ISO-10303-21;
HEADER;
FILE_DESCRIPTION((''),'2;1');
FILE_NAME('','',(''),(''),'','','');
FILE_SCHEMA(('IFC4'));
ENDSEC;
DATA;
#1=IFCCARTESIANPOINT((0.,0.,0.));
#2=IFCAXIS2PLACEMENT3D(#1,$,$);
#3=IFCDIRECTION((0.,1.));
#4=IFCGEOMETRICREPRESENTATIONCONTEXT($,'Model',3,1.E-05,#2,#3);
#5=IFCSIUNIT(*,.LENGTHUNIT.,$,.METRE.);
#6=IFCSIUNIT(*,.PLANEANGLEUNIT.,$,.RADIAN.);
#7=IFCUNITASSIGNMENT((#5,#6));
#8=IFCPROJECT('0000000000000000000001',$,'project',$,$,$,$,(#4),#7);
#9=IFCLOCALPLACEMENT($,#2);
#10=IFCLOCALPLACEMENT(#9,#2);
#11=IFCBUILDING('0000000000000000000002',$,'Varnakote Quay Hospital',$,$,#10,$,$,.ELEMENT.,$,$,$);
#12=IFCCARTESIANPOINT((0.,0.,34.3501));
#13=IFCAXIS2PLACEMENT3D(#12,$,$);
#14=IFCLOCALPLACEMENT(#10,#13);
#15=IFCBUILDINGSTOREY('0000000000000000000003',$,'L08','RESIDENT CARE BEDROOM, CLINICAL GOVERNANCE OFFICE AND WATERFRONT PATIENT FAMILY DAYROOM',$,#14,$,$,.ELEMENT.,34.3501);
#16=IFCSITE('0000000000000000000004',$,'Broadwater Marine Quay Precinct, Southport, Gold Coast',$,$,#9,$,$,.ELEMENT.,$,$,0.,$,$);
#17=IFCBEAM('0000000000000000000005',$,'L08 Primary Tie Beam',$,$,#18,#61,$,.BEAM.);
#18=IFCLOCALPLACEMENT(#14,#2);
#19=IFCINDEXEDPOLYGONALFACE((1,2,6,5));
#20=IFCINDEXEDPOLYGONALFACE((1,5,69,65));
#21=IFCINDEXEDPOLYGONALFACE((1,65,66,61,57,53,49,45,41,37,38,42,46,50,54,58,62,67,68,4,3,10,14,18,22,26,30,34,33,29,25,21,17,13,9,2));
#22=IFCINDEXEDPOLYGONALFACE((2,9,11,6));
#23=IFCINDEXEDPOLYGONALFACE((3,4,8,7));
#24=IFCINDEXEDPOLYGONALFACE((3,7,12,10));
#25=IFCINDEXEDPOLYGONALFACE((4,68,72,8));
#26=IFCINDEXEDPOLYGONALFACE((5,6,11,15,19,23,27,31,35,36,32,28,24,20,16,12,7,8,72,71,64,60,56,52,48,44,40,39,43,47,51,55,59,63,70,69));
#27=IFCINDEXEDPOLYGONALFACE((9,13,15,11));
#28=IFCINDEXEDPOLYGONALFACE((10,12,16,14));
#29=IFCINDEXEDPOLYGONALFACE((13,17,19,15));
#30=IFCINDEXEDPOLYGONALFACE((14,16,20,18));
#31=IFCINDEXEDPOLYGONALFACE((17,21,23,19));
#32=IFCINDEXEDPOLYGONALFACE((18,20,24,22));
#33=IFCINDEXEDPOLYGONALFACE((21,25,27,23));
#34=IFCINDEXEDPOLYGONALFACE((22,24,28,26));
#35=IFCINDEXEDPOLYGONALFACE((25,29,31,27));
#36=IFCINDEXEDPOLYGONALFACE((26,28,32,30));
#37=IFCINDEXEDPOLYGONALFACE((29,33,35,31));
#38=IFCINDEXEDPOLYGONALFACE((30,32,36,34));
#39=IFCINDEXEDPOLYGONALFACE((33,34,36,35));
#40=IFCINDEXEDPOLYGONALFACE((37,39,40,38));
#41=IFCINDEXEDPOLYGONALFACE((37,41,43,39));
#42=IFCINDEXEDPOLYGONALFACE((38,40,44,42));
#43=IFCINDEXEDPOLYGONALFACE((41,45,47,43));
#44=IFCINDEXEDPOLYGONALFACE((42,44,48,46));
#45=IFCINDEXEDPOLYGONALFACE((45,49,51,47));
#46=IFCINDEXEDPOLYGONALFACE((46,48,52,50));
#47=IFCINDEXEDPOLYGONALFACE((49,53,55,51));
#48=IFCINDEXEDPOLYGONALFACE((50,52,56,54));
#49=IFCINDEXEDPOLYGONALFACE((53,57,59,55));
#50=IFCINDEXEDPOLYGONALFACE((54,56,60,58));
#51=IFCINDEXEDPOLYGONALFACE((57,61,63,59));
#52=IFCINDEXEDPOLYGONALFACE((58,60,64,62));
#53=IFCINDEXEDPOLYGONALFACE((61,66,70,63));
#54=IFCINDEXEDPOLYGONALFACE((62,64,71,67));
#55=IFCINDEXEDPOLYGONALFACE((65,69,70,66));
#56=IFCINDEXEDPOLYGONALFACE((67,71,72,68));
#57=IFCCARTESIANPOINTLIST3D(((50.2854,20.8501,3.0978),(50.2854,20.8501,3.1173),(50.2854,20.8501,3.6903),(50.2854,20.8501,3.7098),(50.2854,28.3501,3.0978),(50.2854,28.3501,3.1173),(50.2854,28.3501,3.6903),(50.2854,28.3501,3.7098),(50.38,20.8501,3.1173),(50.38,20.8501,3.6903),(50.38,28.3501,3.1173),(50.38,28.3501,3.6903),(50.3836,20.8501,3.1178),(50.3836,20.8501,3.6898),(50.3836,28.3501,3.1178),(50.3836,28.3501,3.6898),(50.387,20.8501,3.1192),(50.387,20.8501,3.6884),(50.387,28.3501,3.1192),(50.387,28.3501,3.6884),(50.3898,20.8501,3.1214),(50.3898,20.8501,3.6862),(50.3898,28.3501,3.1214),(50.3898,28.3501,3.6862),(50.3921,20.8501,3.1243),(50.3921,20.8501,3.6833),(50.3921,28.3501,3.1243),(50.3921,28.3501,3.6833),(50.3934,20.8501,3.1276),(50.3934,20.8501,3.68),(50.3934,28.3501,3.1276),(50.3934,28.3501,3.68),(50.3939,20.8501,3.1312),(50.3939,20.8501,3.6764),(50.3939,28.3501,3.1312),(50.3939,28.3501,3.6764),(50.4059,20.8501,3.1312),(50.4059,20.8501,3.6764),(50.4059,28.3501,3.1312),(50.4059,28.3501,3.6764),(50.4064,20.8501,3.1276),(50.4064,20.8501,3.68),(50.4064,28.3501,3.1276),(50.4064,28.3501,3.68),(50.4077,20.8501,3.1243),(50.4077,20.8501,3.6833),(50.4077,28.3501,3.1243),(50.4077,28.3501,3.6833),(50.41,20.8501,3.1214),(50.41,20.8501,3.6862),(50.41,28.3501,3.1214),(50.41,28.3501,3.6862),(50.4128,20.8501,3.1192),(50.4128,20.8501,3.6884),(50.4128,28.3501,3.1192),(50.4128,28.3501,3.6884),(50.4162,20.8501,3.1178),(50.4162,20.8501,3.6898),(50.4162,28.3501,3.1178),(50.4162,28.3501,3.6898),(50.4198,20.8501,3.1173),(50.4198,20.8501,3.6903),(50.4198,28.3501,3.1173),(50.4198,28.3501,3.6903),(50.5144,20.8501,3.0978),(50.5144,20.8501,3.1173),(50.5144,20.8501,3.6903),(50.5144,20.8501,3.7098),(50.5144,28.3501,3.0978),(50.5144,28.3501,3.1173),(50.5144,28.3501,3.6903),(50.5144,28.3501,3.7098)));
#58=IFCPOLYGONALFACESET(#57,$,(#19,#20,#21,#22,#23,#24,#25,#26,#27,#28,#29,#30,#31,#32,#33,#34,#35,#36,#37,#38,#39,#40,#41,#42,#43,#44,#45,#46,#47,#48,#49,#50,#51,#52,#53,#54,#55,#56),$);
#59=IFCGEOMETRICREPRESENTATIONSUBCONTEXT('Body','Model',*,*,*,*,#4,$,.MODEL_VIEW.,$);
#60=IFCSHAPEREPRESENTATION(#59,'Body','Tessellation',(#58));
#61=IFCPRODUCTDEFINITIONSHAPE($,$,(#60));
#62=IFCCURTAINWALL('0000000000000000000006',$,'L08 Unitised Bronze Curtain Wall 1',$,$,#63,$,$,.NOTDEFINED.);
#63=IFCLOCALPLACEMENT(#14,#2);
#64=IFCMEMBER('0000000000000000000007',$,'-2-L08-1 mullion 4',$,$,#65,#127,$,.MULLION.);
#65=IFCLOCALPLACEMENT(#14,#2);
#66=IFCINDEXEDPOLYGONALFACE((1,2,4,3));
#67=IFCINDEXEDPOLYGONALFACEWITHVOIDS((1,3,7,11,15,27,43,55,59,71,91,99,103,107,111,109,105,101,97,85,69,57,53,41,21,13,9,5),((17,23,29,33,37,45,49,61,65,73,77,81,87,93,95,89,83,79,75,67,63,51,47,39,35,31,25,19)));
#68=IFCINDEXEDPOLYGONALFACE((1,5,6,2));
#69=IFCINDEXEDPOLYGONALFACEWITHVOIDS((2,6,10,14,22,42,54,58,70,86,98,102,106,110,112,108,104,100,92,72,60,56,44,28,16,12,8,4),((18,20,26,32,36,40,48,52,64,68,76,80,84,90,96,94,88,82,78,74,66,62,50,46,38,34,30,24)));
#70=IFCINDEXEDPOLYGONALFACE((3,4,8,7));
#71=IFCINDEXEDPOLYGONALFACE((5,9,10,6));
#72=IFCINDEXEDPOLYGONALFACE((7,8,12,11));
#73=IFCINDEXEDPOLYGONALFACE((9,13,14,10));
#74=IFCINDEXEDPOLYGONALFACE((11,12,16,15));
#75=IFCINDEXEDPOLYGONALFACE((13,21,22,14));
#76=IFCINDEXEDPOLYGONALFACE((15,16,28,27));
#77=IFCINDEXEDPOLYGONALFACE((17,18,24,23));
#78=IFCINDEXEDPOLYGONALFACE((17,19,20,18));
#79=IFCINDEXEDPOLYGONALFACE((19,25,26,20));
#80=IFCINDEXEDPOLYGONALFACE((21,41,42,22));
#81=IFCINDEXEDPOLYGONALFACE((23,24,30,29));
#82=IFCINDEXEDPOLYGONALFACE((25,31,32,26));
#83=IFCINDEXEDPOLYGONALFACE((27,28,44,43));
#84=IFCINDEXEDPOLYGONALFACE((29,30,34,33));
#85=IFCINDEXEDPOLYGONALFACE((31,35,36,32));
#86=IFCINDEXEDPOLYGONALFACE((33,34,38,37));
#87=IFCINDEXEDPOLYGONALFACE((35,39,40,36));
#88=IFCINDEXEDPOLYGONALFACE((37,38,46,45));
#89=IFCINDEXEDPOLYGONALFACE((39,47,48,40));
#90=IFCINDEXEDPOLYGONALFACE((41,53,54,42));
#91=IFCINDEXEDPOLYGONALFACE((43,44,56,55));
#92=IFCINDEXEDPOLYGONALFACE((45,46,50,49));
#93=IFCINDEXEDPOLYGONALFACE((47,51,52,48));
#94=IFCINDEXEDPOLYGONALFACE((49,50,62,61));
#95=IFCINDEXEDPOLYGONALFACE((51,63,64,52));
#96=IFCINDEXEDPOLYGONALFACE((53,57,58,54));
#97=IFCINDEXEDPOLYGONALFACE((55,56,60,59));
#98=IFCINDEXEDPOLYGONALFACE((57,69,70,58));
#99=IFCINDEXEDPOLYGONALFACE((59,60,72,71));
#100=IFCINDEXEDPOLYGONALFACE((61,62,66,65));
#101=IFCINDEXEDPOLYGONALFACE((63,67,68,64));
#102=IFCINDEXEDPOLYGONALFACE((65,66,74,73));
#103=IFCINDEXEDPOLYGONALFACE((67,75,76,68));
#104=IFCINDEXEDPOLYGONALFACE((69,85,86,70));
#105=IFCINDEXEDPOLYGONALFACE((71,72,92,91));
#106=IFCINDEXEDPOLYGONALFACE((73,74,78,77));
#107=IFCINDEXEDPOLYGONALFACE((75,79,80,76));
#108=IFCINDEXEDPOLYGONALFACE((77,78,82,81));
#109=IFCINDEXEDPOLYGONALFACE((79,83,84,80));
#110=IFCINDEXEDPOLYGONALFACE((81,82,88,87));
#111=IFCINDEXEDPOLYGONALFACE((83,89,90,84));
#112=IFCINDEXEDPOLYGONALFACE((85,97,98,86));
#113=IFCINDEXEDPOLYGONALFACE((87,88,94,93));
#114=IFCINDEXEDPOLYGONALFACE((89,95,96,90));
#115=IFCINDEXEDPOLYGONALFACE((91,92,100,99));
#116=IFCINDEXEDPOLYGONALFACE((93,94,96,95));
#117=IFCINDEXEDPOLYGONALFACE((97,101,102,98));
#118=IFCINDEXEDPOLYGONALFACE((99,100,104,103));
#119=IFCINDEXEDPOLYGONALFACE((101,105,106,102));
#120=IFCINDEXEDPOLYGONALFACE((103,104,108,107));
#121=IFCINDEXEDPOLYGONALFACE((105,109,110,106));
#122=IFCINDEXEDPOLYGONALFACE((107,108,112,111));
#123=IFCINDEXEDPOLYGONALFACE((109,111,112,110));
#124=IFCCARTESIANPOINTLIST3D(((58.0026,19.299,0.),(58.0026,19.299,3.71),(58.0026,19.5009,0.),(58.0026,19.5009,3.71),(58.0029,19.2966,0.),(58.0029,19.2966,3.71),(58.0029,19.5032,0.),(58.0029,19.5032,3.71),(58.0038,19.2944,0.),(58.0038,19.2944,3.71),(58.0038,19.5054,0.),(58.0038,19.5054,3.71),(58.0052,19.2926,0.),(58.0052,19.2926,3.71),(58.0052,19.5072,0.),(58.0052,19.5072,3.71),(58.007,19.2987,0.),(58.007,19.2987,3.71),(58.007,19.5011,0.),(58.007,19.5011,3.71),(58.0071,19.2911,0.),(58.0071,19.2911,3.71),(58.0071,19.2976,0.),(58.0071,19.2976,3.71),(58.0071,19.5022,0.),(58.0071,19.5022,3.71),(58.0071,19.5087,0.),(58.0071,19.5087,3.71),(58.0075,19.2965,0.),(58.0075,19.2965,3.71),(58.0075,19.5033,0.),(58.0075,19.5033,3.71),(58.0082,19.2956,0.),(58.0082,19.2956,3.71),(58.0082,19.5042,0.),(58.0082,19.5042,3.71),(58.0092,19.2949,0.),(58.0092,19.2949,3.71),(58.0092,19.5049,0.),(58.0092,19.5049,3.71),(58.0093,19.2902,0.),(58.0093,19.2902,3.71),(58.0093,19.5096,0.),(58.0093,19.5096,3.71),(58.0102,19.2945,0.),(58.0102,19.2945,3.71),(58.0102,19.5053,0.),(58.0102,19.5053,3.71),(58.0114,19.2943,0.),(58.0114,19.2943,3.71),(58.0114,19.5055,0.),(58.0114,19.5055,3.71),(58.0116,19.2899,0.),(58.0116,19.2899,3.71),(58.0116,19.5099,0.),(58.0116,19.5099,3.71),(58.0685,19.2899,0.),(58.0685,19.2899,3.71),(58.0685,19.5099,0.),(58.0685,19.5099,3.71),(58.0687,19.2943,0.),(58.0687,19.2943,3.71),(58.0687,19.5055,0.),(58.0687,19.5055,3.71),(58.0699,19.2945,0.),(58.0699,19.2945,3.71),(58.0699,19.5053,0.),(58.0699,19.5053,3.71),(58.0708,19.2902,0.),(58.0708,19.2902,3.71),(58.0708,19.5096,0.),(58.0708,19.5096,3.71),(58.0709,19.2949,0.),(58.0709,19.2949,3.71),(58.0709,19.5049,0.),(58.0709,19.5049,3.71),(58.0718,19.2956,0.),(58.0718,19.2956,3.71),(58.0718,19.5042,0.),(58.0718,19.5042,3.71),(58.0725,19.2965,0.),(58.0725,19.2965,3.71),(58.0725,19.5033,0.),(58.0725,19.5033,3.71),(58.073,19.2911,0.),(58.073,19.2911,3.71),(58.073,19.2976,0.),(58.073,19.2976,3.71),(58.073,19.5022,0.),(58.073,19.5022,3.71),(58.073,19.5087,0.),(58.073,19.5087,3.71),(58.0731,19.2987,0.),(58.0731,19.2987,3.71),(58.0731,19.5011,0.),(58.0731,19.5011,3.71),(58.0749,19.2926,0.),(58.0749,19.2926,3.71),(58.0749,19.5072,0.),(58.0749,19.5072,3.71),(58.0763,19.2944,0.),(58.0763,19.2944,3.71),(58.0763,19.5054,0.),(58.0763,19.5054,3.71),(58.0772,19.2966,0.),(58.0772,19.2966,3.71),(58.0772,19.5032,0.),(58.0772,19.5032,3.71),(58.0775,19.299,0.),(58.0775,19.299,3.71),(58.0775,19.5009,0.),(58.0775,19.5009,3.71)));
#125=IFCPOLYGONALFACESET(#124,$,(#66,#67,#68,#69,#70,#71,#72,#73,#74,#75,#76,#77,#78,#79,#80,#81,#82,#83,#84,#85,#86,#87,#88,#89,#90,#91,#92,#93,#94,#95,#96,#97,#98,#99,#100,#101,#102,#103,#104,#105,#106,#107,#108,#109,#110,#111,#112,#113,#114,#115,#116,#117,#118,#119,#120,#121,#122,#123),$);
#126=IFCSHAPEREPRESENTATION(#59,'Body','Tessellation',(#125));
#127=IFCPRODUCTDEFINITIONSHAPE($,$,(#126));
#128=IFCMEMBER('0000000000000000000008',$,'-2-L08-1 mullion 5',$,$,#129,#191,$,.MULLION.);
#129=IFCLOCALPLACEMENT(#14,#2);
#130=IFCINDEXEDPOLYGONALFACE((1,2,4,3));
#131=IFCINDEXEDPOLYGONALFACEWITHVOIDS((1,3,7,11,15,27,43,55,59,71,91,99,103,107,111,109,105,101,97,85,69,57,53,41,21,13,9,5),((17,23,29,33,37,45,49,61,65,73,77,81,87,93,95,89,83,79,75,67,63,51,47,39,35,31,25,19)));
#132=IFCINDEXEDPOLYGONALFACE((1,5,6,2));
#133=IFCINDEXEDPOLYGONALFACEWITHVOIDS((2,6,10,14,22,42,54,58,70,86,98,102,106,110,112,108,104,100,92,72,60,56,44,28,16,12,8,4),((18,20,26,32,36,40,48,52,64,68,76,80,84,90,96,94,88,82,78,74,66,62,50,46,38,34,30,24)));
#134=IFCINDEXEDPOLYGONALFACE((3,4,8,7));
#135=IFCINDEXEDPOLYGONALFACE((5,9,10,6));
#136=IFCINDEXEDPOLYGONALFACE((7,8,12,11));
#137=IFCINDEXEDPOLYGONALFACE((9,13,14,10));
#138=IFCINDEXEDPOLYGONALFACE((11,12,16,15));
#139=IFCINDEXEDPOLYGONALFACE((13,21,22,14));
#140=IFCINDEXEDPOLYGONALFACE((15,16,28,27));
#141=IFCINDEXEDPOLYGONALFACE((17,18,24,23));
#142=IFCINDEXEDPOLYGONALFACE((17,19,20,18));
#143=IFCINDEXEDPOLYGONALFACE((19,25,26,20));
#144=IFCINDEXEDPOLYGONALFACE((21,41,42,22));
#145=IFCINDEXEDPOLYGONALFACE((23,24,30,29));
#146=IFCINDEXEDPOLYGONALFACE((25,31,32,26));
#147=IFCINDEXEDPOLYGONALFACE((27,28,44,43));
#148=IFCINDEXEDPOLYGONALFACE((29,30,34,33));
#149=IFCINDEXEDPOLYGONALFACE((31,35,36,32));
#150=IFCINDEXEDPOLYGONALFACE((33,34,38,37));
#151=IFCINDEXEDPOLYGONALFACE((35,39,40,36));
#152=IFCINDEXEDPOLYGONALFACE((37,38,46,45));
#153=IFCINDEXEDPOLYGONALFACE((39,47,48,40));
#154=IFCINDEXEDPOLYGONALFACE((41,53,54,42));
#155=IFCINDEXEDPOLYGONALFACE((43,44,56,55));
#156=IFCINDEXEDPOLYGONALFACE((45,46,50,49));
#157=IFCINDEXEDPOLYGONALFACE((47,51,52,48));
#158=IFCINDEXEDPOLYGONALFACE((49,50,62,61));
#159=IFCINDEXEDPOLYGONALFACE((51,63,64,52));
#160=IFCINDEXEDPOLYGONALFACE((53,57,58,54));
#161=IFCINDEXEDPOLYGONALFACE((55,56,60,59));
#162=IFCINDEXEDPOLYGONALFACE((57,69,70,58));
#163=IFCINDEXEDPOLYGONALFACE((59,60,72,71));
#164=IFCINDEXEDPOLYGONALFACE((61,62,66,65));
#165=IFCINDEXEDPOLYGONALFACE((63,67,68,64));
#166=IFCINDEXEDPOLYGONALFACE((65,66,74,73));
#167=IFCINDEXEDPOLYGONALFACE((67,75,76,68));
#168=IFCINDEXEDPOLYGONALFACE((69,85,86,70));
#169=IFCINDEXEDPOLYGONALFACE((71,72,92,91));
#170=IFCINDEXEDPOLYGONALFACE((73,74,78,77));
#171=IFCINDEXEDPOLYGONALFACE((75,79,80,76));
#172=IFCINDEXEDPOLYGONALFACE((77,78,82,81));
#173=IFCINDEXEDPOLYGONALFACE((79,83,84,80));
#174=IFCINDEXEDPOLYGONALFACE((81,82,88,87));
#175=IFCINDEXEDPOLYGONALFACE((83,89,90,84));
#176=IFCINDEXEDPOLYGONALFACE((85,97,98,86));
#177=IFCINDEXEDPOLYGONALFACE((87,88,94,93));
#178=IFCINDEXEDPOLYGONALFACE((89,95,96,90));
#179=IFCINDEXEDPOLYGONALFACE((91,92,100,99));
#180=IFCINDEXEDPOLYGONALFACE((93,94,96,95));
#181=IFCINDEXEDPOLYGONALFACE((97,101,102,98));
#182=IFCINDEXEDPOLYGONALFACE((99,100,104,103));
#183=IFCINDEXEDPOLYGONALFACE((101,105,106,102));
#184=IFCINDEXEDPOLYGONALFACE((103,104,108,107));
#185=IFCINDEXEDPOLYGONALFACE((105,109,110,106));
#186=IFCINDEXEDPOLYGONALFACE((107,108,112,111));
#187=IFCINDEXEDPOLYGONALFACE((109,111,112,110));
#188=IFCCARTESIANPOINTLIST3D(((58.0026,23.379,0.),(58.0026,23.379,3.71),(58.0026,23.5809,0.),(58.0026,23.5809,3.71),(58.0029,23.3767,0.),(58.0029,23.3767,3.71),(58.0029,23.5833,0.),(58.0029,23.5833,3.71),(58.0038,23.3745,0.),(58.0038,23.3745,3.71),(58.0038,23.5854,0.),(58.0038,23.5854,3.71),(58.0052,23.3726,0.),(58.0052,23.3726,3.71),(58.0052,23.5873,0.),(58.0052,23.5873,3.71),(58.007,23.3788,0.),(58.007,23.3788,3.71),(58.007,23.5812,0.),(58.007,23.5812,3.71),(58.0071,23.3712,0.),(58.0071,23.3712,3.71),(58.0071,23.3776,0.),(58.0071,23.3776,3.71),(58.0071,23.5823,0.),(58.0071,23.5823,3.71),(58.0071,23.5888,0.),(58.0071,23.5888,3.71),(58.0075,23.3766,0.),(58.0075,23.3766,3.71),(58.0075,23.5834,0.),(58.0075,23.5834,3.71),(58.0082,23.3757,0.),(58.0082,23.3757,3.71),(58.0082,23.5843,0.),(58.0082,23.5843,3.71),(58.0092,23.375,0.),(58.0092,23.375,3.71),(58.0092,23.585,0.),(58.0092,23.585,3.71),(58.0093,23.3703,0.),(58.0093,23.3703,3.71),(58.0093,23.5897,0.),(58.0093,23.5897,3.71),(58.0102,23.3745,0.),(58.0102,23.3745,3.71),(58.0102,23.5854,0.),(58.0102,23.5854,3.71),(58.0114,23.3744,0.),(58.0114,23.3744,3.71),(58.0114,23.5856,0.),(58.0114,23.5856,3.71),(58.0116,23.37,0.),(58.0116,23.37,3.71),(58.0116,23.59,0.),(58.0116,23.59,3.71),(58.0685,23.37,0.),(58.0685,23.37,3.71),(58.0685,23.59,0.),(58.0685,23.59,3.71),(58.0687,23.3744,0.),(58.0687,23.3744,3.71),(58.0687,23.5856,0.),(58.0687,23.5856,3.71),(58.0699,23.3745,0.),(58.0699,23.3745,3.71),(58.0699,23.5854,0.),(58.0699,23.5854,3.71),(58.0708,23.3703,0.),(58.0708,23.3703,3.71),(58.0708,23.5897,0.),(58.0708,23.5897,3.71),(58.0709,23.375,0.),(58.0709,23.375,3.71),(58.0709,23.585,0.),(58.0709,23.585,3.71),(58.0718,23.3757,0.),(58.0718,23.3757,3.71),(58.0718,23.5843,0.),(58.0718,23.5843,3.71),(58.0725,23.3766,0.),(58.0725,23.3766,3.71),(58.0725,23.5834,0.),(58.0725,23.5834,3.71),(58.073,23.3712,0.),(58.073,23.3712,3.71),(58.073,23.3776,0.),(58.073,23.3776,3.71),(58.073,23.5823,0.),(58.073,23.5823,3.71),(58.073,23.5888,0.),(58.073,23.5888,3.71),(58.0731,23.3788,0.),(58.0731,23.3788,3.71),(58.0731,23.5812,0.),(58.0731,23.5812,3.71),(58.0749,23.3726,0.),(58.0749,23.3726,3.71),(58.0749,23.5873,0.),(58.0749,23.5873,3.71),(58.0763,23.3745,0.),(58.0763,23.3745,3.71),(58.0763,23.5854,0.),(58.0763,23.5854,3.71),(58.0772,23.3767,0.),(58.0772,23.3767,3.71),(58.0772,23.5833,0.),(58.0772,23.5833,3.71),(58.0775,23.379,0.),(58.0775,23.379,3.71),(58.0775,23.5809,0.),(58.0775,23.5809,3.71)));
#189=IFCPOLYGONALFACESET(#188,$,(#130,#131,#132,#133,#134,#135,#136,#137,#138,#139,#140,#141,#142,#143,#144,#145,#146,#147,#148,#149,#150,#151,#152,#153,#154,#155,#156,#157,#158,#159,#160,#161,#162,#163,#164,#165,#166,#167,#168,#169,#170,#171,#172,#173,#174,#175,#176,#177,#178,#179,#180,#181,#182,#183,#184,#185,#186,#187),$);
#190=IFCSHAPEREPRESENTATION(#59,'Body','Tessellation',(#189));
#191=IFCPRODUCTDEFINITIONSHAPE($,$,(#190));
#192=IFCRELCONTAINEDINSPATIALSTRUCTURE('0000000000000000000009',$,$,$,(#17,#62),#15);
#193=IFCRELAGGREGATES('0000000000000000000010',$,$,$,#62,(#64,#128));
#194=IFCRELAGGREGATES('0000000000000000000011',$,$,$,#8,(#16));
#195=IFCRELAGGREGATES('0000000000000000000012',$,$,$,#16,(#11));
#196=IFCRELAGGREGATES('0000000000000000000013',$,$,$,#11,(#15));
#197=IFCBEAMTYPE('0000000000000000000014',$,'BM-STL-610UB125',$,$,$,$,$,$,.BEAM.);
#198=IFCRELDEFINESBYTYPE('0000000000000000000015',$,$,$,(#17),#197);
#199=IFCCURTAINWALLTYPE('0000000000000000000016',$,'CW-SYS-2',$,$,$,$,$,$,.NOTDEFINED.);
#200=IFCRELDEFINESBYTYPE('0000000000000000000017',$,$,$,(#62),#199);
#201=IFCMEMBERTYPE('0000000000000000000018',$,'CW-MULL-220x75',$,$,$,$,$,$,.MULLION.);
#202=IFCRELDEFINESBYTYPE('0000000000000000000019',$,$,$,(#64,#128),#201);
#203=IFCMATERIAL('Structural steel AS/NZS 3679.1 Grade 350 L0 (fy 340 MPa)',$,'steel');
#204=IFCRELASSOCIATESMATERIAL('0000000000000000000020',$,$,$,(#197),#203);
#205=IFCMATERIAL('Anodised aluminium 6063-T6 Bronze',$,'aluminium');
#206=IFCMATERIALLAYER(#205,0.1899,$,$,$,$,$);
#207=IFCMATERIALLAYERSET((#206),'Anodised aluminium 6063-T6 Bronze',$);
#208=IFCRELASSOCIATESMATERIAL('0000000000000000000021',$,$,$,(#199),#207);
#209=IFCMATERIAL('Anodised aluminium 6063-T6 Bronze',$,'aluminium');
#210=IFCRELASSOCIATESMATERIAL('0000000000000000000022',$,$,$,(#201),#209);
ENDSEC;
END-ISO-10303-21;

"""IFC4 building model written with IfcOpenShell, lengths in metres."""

from ifc_helpers import new_model, si_unit, direction, frame, origin, origin_2d, place, context, subcontext, project, spatial, hollow_rectangle, i_section, extrude, material, layer, layer_set, material_profile, profile_set, type_object, element, aggregate, save


model = new_model("IFC4")

# Units and contexts
model_context = context("Model", 3, precision=1e-05, world=origin(), true_north=direction((0.0, 1.0)))
body_context = subcontext(model_context, "Body", "Model", "MODEL_VIEW")
ifc_project = project(units=[si_unit("LENGTHUNIT", "METRE"), si_unit("PLANEANGLEUNIT", "RADIAN")], contexts=[model_context])

# Site, building, storey
site_placement = place(None, origin())
site = spatial("IfcSite", under=ifc_project, at=site_placement, Name="Broadwater Marine Quay Precinct, Southport, Gold Coast", CompositionType="ELEMENT", RefElevation=0.0)
building_placement = place(site_placement, origin())
building = spatial("IfcBuilding", under=site, at=building_placement, Name="Varnakote Quay Hospital", CompositionType="ELEMENT")
storey_placement = place(building_placement, frame((0.0, 0.0, 34.3501)))
storey = spatial("IfcBuildingStorey", under=building, at=storey_placement, Name="L08", Description="RESIDENT CARE BEDROOM, CLINICAL GOVERNANCE OFFICE AND WATERFRONT PATIENT FAMILY DAYROOM", CompositionType="ELEMENT", Elevation=34.3501)

# Beam
ifc_material_1 = material(Name="Structural steel AS/NZS 3679.1 Grade 350 L0 (fy 340 MPa)", Category="steel")
ifc_material_profile_1 = material_profile(ifc_material_1, i_section(OverallWidth=0.229, OverallDepth=0.6121, WebThickness=0.012, FlangeThickness=0.0195, FilletRadius=0.0139, at=origin_2d()), Name="610UB125")
ifc_profile_set_1 = profile_set([ifc_material_profile_1], Name="Structural steel AS/NZS 3679.1 Grade 350 L0 (fy 340 MPa)")
beam_type = type_object("IfcBeamType", Name="BM-STL-610UB125", PredefinedType="BEAM", material=ifc_profile_set_1)
beam_placement = place(storey_placement, frame((50.3999, 20.8501, 3.4038), z_axis=(0.0, 1.0, 0.0), x_axis=(-1.0, 0.0, 0.0)))
element("IfcBeam", 1, at=beam_placement, inside=storey, type_object=beam_type, Name="L08 Primary Tie Beam", PredefinedType="BEAM", context=body_context, shape_type="SweptSolid", body=[
    extrude(i_section(OverallWidth=0.229, OverallDepth=0.6121, WebThickness=0.012, FlangeThickness=0.0195, FilletRadius=0.0139, at=origin_2d()), origin(), (0.0, 0.0, 1.0), 7.5),
])

# Curtain wall, members
ifc_material_2 = material(Name="Anodised aluminium 6063-T6 Bronze", Category="aluminium")
ifc_layer_1 = layer(ifc_material_2, 0.1899)
ifc_layer_set_1 = layer_set([ifc_layer_1], Name="Anodised aluminium 6063-T6 Bronze")
curtain_wall_type = type_object("IfcCurtainWallType", Name="CW-SYS-2", PredefinedType="NOTDEFINED", material=ifc_layer_set_1)
curtain_wall_placement = place(storey_placement, origin())
curtain_wall = element("IfcCurtainWall", 2, at=curtain_wall_placement, inside=storey, type_object=curtain_wall_type, Name="L08 Unitised Bronze Curtain Wall 1", PredefinedType="NOTDEFINED")
ifc_material_3 = material(Name="Anodised aluminium 6063-T6 Bronze", Category="aluminium")
ifc_material_profile_2 = material_profile(ifc_material_3, hollow_rectangle(XDim=0.075, YDim=0.22, WallThickness=0.0044, InnerFilletRadius=0.0044, OuterFilletRadius=0.009, at=origin_2d()), Name="CW-MULL-220x75")
ifc_profile_set_2 = profile_set([ifc_material_profile_2], Name="Anodised aluminium 6063-T6 Bronze")
member_type_1 = type_object("IfcMemberType", Name="CW-MULL-220x75", PredefinedType="MULLION", material=ifc_profile_set_2)
member_1_placement = place(storey_placement, frame((58.04, 19.3999, 0.0), z_axis=(0.0, 0.0, 1.0), x_axis=(-1.0, 0.0, 0.0)))
member_1 = element("IfcMember", 3, at=member_1_placement, type_object=member_type_1, Name="-2-L08-1 mullion 4", PredefinedType="MULLION", context=body_context, shape_type="SweptSolid", body=[
    extrude(hollow_rectangle(XDim=0.075, YDim=0.22, WallThickness=0.0044, InnerFilletRadius=0.0044, OuterFilletRadius=0.009, at=origin_2d()), origin(), (0.0, 0.0, 1.0), 3.71),
])
member_2_placement = place(storey_placement, frame((58.04, 23.48, 0.0), z_axis=(0.0, 0.0, 1.0), x_axis=(-1.0, 0.0, 0.0)))
member_2 = element("IfcMember", 4, at=member_2_placement, type_object=member_type_1, Name="-2-L08-1 mullion 5", PredefinedType="MULLION", context=body_context, shape_type="SweptSolid", body=[
    extrude(hollow_rectangle(XDim=0.075, YDim=0.22, WallThickness=0.0044, InnerFilletRadius=0.0044, OuterFilletRadius=0.009, at=origin_2d()), origin(), (0.0, 0.0, 1.0), 3.71),
])
aggregate(curtain_wall, [member_1, member_2])

save(model, "model.ifc")
